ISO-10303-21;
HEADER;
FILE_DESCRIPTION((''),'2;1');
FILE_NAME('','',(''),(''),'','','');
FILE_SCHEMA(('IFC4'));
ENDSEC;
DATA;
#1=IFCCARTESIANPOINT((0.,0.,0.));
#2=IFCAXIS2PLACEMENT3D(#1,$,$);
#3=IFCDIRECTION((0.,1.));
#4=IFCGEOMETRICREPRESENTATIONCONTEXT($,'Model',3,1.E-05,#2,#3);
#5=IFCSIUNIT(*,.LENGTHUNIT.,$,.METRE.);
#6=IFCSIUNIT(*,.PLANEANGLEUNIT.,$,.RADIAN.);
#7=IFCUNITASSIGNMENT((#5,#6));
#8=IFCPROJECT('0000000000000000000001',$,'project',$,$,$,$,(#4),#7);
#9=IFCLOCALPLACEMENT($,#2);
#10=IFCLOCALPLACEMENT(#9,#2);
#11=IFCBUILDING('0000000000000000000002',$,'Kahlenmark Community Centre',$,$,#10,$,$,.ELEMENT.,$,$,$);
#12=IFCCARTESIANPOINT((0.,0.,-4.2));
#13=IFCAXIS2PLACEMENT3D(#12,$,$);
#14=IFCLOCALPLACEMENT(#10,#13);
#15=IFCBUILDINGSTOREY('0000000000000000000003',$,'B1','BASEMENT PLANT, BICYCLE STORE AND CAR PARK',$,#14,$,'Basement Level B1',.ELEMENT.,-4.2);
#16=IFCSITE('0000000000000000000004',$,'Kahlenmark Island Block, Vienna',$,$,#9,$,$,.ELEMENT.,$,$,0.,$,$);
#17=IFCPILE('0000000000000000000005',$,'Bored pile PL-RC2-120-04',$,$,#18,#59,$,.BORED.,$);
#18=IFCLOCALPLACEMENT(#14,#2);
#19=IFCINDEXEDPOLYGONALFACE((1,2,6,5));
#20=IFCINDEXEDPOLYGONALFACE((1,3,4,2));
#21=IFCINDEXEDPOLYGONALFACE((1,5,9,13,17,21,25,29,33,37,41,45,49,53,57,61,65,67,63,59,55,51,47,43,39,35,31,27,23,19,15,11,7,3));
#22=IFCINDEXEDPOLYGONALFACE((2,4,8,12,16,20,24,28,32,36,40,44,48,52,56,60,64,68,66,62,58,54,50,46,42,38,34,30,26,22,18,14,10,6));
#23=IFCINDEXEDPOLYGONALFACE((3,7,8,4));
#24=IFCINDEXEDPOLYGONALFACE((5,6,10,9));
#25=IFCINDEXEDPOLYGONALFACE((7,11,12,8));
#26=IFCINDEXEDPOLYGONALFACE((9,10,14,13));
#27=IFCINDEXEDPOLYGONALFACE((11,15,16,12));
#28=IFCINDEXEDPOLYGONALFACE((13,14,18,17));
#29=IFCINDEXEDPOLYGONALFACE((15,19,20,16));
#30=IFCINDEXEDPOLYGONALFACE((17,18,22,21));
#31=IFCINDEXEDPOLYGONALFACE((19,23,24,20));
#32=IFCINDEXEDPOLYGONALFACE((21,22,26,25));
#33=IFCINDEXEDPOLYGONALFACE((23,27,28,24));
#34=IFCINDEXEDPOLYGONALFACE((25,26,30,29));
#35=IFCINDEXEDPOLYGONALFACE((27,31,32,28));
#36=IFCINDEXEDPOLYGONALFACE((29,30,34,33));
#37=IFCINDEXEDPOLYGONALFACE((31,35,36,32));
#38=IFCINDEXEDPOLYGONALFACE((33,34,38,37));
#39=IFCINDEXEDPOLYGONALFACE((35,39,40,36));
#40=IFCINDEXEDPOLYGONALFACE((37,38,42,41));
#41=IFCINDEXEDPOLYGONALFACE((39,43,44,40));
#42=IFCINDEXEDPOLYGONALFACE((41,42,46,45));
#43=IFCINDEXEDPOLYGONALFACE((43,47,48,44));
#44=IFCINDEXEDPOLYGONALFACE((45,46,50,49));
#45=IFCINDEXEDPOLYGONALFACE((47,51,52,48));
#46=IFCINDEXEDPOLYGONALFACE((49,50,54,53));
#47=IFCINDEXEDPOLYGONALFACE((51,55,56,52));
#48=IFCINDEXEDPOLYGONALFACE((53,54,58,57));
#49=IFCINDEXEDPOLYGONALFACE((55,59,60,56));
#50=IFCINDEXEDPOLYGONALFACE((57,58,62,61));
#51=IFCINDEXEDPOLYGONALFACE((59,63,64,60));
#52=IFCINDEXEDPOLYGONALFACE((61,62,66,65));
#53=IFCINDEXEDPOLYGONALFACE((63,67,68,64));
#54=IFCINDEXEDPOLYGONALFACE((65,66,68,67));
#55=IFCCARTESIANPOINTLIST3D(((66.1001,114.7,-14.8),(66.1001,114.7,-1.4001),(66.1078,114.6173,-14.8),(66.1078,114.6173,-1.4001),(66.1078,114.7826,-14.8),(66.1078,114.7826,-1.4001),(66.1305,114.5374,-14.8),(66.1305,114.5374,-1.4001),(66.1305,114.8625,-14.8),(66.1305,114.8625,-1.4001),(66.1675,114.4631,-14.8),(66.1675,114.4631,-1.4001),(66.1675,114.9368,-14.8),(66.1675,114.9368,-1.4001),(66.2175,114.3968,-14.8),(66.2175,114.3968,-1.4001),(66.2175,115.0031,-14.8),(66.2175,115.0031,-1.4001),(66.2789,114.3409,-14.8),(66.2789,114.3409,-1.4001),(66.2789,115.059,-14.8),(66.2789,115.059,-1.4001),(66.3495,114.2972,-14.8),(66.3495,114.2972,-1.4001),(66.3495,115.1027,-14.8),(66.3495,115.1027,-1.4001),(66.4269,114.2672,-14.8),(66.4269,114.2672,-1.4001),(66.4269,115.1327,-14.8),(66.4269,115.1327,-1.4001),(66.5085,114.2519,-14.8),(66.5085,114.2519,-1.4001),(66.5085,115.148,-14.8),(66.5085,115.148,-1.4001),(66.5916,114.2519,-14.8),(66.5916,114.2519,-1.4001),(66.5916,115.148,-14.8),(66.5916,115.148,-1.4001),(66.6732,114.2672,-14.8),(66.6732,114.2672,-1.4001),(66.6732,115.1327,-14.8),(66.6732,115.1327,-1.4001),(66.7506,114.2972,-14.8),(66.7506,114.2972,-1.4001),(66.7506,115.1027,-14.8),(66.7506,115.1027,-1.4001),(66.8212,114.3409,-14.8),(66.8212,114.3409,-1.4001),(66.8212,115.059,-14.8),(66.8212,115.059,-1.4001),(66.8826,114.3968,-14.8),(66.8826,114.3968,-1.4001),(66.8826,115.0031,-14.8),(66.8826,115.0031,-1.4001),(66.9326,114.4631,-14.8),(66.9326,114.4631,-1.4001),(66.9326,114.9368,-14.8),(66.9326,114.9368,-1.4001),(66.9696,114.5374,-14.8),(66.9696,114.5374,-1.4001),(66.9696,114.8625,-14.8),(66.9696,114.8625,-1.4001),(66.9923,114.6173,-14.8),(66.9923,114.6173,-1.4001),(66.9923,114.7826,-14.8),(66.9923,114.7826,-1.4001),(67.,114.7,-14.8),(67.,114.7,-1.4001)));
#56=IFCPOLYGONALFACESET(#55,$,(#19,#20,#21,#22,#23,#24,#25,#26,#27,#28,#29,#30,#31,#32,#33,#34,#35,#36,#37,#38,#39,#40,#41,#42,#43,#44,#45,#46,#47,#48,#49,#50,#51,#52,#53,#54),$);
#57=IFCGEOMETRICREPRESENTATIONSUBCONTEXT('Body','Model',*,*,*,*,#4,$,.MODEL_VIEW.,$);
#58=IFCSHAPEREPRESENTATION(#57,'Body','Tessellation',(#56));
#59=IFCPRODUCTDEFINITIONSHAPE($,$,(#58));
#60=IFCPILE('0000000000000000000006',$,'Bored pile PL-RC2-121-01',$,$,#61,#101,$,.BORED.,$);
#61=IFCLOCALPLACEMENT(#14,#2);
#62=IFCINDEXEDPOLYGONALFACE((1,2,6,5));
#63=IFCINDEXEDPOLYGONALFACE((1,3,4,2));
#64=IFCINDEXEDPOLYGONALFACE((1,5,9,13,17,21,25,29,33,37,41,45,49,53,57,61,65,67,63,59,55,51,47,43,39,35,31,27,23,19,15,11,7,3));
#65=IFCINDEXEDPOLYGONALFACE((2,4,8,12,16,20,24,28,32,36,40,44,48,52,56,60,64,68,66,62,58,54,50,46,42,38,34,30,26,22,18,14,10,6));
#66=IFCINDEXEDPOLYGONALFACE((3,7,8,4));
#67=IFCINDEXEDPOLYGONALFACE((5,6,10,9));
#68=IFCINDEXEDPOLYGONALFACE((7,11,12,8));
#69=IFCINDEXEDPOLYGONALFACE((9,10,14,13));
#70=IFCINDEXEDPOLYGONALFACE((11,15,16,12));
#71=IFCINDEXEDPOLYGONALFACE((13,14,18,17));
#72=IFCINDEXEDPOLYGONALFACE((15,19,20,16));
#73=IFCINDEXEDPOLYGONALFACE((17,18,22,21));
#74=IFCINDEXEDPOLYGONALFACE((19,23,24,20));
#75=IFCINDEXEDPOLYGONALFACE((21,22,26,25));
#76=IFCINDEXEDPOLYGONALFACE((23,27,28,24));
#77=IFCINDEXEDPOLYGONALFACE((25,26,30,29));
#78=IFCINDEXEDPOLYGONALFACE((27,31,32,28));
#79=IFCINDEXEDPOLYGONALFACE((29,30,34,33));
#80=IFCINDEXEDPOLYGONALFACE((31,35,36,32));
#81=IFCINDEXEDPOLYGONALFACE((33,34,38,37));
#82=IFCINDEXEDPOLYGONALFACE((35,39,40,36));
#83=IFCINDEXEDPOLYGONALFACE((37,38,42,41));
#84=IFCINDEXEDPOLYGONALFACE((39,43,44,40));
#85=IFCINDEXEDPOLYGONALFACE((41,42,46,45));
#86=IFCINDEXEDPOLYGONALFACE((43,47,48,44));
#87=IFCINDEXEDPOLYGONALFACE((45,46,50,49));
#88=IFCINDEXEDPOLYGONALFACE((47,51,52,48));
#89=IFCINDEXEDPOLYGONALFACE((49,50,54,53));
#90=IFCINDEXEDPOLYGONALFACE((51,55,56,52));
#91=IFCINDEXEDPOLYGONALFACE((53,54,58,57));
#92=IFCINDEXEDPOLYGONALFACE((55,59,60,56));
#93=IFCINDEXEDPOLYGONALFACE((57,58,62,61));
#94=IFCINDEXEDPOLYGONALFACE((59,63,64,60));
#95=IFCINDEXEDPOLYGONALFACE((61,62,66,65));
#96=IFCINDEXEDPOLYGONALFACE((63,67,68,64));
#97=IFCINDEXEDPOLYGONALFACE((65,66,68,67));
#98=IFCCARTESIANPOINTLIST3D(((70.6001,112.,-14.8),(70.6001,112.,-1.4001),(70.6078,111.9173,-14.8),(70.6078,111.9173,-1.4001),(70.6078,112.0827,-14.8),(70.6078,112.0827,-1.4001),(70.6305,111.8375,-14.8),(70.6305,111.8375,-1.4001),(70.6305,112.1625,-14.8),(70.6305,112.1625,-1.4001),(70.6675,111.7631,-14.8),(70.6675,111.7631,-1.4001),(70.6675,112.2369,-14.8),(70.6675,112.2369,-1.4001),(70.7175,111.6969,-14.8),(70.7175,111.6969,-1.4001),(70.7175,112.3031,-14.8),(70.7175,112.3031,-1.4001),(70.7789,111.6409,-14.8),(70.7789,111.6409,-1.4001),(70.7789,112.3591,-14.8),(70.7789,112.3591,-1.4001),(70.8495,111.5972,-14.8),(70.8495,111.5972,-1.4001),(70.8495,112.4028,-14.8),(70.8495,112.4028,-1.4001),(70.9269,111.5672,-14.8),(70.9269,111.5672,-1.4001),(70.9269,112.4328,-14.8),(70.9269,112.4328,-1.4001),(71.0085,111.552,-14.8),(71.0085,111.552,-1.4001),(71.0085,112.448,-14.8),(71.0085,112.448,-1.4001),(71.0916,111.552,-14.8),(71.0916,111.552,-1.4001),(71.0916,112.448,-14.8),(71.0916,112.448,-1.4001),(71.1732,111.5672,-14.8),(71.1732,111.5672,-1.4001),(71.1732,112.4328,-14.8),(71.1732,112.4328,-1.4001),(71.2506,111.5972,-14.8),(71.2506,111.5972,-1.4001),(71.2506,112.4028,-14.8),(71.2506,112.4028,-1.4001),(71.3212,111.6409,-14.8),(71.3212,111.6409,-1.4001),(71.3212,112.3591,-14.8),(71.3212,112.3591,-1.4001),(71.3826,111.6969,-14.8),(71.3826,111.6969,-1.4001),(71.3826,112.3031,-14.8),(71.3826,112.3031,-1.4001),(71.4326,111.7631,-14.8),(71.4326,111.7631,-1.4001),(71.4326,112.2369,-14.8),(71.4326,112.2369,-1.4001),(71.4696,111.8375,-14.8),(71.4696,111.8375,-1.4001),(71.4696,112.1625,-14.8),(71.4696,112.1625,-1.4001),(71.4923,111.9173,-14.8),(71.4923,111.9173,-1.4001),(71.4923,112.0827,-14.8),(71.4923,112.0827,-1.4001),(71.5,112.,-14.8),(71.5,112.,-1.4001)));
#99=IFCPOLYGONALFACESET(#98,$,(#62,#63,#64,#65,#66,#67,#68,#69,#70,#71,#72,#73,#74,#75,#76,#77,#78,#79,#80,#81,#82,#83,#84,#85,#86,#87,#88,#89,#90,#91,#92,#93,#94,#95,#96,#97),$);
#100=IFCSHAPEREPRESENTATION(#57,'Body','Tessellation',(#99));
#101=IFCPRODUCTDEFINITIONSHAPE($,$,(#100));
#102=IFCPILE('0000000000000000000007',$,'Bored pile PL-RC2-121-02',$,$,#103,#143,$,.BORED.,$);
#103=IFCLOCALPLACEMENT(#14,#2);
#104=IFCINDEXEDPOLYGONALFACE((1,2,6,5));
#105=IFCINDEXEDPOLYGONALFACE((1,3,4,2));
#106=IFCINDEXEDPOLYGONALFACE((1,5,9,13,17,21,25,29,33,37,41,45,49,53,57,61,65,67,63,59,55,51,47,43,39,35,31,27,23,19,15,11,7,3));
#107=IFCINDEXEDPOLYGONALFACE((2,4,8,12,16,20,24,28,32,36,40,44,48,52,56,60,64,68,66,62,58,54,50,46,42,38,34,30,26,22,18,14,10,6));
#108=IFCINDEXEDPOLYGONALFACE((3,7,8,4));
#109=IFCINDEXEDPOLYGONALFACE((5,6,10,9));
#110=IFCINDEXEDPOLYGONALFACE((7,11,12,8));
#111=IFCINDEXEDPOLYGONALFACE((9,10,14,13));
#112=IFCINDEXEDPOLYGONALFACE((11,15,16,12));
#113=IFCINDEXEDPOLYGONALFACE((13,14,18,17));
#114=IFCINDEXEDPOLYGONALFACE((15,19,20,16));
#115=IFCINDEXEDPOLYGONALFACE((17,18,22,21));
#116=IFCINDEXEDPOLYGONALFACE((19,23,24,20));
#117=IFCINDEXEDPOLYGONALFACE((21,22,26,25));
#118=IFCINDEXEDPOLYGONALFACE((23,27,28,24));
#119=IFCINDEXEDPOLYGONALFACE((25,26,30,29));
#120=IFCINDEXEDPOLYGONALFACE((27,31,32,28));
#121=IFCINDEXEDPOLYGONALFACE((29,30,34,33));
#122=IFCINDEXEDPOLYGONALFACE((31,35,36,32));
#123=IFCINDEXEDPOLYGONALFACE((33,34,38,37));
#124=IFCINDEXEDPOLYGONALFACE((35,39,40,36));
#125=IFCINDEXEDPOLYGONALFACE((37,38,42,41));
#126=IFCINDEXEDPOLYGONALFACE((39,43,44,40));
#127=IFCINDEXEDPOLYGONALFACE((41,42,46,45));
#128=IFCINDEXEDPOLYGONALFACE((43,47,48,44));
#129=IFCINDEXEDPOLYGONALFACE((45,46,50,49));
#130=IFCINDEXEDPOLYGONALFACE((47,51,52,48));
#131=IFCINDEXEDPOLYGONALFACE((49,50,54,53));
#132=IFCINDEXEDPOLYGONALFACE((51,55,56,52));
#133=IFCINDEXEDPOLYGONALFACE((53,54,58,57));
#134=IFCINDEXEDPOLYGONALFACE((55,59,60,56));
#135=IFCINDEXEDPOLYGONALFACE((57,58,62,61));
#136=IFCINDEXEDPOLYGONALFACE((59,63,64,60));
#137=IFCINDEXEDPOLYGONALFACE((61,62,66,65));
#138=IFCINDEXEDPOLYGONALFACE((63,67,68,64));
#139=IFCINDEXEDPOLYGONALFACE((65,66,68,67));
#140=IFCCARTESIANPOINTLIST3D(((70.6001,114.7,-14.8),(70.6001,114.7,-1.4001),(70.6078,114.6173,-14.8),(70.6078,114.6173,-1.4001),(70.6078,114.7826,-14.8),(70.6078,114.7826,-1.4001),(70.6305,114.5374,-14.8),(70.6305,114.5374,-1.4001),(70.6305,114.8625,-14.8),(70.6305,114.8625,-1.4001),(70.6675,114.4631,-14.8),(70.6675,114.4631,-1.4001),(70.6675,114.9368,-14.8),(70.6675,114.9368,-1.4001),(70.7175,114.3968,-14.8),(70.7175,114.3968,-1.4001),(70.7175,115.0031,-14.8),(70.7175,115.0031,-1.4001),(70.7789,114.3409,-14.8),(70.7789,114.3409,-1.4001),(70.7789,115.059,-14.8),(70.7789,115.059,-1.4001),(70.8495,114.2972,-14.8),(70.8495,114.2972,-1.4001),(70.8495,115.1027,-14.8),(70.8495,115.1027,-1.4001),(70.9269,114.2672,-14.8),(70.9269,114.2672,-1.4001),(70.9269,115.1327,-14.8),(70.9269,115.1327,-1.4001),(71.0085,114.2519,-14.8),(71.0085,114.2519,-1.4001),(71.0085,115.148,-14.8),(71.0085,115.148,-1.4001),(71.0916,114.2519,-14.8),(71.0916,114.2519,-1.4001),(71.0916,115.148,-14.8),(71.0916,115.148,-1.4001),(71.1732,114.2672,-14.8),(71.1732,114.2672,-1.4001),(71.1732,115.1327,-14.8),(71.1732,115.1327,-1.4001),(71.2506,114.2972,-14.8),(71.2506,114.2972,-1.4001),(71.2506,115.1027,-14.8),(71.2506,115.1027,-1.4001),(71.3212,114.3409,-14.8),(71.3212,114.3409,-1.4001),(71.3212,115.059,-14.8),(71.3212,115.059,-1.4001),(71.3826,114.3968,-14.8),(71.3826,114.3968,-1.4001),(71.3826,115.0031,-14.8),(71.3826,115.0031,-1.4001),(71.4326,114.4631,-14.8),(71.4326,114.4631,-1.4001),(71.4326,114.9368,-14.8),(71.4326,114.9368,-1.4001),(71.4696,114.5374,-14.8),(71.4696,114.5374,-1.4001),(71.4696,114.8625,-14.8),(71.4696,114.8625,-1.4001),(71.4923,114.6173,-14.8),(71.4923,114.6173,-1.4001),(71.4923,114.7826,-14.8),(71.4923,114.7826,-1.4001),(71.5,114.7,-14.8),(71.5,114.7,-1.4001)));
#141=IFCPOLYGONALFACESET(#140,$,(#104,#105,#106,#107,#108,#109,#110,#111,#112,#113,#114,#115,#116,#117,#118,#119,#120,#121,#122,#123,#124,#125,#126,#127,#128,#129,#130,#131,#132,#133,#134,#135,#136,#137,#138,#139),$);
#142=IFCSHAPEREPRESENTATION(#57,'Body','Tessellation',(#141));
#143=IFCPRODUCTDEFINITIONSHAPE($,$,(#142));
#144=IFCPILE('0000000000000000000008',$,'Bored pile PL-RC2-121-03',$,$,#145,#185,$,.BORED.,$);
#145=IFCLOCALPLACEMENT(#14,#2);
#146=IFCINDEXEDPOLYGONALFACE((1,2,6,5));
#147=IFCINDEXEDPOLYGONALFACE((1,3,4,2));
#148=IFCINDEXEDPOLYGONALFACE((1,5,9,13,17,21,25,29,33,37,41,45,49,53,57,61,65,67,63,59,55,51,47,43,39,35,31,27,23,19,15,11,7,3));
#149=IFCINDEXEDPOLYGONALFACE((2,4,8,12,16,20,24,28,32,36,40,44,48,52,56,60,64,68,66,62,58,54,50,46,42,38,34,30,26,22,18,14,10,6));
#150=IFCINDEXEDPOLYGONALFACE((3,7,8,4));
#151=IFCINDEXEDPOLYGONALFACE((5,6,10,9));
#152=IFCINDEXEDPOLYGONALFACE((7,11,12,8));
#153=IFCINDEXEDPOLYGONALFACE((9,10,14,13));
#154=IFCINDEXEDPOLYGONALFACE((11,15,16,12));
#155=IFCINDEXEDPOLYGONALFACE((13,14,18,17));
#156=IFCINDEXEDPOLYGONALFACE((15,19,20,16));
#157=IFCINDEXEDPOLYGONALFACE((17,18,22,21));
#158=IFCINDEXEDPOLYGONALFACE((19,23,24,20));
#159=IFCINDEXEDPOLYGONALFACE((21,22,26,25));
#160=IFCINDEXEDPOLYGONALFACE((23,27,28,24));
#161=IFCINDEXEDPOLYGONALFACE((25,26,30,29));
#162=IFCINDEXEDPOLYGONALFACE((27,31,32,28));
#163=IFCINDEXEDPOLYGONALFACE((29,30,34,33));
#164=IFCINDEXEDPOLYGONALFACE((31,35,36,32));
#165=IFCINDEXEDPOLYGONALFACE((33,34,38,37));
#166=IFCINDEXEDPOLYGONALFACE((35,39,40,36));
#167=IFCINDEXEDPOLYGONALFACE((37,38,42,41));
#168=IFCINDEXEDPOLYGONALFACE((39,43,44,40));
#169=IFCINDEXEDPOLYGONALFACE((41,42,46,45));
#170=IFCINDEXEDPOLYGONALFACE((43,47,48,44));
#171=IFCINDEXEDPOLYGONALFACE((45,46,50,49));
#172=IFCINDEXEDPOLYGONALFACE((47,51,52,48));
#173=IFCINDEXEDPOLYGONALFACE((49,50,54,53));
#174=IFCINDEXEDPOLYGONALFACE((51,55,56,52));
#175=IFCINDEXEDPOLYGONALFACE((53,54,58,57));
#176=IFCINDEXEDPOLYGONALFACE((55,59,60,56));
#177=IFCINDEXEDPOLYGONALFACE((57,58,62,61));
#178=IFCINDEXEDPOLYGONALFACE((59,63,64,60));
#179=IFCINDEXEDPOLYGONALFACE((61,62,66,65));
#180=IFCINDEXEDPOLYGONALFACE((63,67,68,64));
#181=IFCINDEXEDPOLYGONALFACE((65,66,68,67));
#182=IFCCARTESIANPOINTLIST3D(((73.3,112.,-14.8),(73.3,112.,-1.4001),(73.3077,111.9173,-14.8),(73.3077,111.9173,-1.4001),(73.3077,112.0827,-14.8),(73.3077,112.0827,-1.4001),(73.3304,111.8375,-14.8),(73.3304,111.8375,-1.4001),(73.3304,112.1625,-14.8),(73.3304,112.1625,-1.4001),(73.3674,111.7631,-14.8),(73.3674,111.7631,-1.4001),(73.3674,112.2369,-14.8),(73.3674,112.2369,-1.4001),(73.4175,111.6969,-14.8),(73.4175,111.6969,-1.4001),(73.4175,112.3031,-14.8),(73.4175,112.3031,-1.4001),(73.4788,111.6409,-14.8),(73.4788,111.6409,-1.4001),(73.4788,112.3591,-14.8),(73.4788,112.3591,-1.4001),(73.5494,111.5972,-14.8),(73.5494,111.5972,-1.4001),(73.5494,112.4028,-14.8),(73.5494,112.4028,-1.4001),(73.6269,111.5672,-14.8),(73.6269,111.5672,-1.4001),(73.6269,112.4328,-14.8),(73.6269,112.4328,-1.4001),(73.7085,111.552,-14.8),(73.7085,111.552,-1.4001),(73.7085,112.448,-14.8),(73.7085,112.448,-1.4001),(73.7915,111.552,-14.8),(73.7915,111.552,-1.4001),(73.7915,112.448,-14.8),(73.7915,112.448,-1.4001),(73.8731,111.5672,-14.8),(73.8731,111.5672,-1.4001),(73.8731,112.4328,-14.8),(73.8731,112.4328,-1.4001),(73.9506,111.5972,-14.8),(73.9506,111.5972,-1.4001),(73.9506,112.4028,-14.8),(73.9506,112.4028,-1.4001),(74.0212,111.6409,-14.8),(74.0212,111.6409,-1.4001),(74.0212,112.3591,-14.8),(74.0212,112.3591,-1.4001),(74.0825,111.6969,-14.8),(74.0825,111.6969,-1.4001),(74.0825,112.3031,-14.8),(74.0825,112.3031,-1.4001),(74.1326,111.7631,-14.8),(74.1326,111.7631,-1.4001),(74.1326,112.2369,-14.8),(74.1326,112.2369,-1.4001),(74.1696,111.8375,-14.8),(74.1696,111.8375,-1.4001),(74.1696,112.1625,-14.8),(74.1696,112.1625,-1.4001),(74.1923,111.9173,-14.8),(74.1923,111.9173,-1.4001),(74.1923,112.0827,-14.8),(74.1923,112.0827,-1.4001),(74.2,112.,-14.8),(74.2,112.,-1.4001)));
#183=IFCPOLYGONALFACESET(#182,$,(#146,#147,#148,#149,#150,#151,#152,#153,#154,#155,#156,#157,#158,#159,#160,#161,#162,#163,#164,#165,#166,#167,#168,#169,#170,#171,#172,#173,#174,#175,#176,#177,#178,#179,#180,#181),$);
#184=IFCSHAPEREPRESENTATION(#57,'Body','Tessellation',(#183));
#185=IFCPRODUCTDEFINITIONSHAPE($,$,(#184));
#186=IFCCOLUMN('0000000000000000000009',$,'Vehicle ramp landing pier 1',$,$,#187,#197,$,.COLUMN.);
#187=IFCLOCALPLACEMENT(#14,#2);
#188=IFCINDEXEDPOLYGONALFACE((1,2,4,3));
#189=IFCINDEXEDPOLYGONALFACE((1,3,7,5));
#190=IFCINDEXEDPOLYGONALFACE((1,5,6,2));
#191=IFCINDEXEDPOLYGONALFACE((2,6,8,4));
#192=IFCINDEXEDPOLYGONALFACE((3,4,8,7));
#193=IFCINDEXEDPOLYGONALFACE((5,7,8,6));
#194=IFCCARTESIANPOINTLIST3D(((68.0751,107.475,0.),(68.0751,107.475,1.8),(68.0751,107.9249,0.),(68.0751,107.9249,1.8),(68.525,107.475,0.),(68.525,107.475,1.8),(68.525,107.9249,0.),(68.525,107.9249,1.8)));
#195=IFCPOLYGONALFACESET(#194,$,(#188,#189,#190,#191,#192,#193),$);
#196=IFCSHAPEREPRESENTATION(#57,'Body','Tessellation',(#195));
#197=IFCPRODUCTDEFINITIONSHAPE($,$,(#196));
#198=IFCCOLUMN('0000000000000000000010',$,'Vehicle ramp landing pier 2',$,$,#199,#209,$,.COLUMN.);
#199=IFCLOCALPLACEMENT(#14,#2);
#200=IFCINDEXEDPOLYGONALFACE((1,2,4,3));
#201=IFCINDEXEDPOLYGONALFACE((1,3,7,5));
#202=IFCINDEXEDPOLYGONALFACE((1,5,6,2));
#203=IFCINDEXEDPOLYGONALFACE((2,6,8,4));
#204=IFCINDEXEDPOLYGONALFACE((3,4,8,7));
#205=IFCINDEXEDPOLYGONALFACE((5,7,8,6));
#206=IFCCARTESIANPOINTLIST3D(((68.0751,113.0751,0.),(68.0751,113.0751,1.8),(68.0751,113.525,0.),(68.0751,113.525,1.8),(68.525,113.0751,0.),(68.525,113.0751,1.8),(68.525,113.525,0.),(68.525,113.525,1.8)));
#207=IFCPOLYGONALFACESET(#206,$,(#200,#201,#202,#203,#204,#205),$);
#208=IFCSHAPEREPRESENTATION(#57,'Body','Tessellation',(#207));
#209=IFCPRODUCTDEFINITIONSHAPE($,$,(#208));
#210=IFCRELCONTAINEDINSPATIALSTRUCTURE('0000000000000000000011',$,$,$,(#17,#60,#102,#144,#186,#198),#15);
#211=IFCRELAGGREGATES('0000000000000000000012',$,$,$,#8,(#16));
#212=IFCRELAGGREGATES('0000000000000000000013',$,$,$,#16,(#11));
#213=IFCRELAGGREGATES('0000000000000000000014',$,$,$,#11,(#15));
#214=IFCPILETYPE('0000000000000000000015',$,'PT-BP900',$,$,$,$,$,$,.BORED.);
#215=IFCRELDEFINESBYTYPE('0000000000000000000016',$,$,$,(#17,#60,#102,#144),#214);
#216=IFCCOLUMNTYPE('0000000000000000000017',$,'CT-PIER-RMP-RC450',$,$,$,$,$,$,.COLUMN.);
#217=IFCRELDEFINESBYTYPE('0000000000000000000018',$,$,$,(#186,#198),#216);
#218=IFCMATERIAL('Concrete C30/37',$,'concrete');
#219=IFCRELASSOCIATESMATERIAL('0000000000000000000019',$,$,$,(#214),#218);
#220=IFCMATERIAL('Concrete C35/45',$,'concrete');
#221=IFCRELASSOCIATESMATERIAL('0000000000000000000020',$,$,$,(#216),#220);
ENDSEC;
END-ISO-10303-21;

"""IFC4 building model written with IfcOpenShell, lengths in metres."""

from ifc_helpers import new_model, si_unit, direction, frame, origin, origin_2d, place, context, subcontext, project, spatial, rectangle, circle, extrude, material, material_profile, profile_set, type_object, element, save


model = new_model("IFC4")

# Units and contexts
model_context = context("Model", 3, precision=1e-05, world=origin(), true_north=direction((0.0, 1.0)))
body_context = subcontext(model_context, "Body", "Model", "MODEL_VIEW")
ifc_project = project(units=[si_unit("LENGTHUNIT", "METRE"), si_unit("PLANEANGLEUNIT", "RADIAN")], contexts=[model_context])

# Site, building, storey
site_placement = place(None, origin())
site = spatial("IfcSite", under=ifc_project, at=site_placement, Name="Kahlenmark Island Block, Vienna", CompositionType="ELEMENT", RefElevation=0.0)
building_placement = place(site_placement, origin())
building = spatial("IfcBuilding", under=site, at=building_placement, Name="Kahlenmark Community Centre", CompositionType="ELEMENT")
storey_placement = place(building_placement, frame((0.0, 0.0, -4.2)))
storey = spatial("IfcBuildingStorey", under=building, at=storey_placement, Name="B1", Description="BASEMENT PLANT, BICYCLE STORE AND CAR PARK", LongName="Basement Level B1", CompositionType="ELEMENT", Elevation=-4.2)

# Shared definitions
ifc_material_1 = material(Name="Concrete C30/37", Category="concrete")

# Piles
ifc_material_profile_1 = material_profile(ifc_material_1, circle(Radius=0.45, at=origin_2d()), Name="BORED PILE 900")
ifc_profile_set_1 = profile_set([ifc_material_profile_1], Name="Concrete C30/37")
pile_type = type_object("IfcPileType", Name="PT-BP900", PredefinedType="BORED", material=ifc_profile_set_1)
for number, where, z_axis, x_axis, name in (
    (1, (66.55, 114.7, -1.4001), (0.0, 0.0, -1.0), (1.0, 0.0, 0.0), "Bored pile PL-RC2-120-04"),
    (2, (71.05, 112.0, -1.4001), (0.0, 0.0, -1.0), (1.0, 0.0, 0.0), "Bored pile PL-RC2-121-01"),
    (3, (71.05, 114.7, -1.4001), (0.0, 0.0, -1.0), (1.0, 0.0, 0.0), "Bored pile PL-RC2-121-02"),
    (4, (73.75, 112.0, -1.4001), (0.0, 0.0, -1.0), (1.0, 0.0, 0.0), "Bored pile PL-RC2-121-03"),
):
    element("IfcPile", number, at=place(storey_placement, frame(where, z_axis=z_axis, x_axis=x_axis)), inside=storey, type_object=pile_type, Name=name, PredefinedType="BORED", context=body_context, shape_type="SweptSolid", body=[
        extrude(circle(Radius=0.45, at=origin_2d()), origin(), (0.0, 0.0, 1.0), 13.3999),
    ])

# Columns
ifc_material_2 = material(Name="Concrete C35/45", Category="concrete")
ifc_material_profile_2 = material_profile(ifc_material_2, rectangle(XDim=0.45, YDim=0.45, at=origin_2d()), Name="RC 450x450")
ifc_profile_set_2 = profile_set([ifc_material_profile_2], Name="Concrete C35/45")
column_type_1 = type_object("IfcColumnType", Name="CT-PIER-RMP-RC450", PredefinedType="COLUMN", material=ifc_profile_set_2)
for number, where, z_axis, x_axis, name in (
    (5, (68.3, 107.7, 0.0), (0.0, 0.0, 1.0), (1.0, 0.0, 0.0), "Vehicle ramp landing pier 1"),
    (6, (68.3, 113.3, 0.0), (0.0, 0.0, 1.0), (1.0, 0.0, 0.0), "Vehicle ramp landing pier 2"),
):
    element("IfcColumn", number, at=place(storey_placement, frame(where, z_axis=z_axis, x_axis=x_axis)), inside=storey, type_object=column_type_1, Name=name, PredefinedType="COLUMN", context=body_context, shape_type="SweptSolid", body=[
        extrude(rectangle(XDim=0.45, YDim=0.45, at=origin_2d()), origin(), (0.0, 0.0, 1.0), 1.8),
    ])

save(model, "model.ifc")
